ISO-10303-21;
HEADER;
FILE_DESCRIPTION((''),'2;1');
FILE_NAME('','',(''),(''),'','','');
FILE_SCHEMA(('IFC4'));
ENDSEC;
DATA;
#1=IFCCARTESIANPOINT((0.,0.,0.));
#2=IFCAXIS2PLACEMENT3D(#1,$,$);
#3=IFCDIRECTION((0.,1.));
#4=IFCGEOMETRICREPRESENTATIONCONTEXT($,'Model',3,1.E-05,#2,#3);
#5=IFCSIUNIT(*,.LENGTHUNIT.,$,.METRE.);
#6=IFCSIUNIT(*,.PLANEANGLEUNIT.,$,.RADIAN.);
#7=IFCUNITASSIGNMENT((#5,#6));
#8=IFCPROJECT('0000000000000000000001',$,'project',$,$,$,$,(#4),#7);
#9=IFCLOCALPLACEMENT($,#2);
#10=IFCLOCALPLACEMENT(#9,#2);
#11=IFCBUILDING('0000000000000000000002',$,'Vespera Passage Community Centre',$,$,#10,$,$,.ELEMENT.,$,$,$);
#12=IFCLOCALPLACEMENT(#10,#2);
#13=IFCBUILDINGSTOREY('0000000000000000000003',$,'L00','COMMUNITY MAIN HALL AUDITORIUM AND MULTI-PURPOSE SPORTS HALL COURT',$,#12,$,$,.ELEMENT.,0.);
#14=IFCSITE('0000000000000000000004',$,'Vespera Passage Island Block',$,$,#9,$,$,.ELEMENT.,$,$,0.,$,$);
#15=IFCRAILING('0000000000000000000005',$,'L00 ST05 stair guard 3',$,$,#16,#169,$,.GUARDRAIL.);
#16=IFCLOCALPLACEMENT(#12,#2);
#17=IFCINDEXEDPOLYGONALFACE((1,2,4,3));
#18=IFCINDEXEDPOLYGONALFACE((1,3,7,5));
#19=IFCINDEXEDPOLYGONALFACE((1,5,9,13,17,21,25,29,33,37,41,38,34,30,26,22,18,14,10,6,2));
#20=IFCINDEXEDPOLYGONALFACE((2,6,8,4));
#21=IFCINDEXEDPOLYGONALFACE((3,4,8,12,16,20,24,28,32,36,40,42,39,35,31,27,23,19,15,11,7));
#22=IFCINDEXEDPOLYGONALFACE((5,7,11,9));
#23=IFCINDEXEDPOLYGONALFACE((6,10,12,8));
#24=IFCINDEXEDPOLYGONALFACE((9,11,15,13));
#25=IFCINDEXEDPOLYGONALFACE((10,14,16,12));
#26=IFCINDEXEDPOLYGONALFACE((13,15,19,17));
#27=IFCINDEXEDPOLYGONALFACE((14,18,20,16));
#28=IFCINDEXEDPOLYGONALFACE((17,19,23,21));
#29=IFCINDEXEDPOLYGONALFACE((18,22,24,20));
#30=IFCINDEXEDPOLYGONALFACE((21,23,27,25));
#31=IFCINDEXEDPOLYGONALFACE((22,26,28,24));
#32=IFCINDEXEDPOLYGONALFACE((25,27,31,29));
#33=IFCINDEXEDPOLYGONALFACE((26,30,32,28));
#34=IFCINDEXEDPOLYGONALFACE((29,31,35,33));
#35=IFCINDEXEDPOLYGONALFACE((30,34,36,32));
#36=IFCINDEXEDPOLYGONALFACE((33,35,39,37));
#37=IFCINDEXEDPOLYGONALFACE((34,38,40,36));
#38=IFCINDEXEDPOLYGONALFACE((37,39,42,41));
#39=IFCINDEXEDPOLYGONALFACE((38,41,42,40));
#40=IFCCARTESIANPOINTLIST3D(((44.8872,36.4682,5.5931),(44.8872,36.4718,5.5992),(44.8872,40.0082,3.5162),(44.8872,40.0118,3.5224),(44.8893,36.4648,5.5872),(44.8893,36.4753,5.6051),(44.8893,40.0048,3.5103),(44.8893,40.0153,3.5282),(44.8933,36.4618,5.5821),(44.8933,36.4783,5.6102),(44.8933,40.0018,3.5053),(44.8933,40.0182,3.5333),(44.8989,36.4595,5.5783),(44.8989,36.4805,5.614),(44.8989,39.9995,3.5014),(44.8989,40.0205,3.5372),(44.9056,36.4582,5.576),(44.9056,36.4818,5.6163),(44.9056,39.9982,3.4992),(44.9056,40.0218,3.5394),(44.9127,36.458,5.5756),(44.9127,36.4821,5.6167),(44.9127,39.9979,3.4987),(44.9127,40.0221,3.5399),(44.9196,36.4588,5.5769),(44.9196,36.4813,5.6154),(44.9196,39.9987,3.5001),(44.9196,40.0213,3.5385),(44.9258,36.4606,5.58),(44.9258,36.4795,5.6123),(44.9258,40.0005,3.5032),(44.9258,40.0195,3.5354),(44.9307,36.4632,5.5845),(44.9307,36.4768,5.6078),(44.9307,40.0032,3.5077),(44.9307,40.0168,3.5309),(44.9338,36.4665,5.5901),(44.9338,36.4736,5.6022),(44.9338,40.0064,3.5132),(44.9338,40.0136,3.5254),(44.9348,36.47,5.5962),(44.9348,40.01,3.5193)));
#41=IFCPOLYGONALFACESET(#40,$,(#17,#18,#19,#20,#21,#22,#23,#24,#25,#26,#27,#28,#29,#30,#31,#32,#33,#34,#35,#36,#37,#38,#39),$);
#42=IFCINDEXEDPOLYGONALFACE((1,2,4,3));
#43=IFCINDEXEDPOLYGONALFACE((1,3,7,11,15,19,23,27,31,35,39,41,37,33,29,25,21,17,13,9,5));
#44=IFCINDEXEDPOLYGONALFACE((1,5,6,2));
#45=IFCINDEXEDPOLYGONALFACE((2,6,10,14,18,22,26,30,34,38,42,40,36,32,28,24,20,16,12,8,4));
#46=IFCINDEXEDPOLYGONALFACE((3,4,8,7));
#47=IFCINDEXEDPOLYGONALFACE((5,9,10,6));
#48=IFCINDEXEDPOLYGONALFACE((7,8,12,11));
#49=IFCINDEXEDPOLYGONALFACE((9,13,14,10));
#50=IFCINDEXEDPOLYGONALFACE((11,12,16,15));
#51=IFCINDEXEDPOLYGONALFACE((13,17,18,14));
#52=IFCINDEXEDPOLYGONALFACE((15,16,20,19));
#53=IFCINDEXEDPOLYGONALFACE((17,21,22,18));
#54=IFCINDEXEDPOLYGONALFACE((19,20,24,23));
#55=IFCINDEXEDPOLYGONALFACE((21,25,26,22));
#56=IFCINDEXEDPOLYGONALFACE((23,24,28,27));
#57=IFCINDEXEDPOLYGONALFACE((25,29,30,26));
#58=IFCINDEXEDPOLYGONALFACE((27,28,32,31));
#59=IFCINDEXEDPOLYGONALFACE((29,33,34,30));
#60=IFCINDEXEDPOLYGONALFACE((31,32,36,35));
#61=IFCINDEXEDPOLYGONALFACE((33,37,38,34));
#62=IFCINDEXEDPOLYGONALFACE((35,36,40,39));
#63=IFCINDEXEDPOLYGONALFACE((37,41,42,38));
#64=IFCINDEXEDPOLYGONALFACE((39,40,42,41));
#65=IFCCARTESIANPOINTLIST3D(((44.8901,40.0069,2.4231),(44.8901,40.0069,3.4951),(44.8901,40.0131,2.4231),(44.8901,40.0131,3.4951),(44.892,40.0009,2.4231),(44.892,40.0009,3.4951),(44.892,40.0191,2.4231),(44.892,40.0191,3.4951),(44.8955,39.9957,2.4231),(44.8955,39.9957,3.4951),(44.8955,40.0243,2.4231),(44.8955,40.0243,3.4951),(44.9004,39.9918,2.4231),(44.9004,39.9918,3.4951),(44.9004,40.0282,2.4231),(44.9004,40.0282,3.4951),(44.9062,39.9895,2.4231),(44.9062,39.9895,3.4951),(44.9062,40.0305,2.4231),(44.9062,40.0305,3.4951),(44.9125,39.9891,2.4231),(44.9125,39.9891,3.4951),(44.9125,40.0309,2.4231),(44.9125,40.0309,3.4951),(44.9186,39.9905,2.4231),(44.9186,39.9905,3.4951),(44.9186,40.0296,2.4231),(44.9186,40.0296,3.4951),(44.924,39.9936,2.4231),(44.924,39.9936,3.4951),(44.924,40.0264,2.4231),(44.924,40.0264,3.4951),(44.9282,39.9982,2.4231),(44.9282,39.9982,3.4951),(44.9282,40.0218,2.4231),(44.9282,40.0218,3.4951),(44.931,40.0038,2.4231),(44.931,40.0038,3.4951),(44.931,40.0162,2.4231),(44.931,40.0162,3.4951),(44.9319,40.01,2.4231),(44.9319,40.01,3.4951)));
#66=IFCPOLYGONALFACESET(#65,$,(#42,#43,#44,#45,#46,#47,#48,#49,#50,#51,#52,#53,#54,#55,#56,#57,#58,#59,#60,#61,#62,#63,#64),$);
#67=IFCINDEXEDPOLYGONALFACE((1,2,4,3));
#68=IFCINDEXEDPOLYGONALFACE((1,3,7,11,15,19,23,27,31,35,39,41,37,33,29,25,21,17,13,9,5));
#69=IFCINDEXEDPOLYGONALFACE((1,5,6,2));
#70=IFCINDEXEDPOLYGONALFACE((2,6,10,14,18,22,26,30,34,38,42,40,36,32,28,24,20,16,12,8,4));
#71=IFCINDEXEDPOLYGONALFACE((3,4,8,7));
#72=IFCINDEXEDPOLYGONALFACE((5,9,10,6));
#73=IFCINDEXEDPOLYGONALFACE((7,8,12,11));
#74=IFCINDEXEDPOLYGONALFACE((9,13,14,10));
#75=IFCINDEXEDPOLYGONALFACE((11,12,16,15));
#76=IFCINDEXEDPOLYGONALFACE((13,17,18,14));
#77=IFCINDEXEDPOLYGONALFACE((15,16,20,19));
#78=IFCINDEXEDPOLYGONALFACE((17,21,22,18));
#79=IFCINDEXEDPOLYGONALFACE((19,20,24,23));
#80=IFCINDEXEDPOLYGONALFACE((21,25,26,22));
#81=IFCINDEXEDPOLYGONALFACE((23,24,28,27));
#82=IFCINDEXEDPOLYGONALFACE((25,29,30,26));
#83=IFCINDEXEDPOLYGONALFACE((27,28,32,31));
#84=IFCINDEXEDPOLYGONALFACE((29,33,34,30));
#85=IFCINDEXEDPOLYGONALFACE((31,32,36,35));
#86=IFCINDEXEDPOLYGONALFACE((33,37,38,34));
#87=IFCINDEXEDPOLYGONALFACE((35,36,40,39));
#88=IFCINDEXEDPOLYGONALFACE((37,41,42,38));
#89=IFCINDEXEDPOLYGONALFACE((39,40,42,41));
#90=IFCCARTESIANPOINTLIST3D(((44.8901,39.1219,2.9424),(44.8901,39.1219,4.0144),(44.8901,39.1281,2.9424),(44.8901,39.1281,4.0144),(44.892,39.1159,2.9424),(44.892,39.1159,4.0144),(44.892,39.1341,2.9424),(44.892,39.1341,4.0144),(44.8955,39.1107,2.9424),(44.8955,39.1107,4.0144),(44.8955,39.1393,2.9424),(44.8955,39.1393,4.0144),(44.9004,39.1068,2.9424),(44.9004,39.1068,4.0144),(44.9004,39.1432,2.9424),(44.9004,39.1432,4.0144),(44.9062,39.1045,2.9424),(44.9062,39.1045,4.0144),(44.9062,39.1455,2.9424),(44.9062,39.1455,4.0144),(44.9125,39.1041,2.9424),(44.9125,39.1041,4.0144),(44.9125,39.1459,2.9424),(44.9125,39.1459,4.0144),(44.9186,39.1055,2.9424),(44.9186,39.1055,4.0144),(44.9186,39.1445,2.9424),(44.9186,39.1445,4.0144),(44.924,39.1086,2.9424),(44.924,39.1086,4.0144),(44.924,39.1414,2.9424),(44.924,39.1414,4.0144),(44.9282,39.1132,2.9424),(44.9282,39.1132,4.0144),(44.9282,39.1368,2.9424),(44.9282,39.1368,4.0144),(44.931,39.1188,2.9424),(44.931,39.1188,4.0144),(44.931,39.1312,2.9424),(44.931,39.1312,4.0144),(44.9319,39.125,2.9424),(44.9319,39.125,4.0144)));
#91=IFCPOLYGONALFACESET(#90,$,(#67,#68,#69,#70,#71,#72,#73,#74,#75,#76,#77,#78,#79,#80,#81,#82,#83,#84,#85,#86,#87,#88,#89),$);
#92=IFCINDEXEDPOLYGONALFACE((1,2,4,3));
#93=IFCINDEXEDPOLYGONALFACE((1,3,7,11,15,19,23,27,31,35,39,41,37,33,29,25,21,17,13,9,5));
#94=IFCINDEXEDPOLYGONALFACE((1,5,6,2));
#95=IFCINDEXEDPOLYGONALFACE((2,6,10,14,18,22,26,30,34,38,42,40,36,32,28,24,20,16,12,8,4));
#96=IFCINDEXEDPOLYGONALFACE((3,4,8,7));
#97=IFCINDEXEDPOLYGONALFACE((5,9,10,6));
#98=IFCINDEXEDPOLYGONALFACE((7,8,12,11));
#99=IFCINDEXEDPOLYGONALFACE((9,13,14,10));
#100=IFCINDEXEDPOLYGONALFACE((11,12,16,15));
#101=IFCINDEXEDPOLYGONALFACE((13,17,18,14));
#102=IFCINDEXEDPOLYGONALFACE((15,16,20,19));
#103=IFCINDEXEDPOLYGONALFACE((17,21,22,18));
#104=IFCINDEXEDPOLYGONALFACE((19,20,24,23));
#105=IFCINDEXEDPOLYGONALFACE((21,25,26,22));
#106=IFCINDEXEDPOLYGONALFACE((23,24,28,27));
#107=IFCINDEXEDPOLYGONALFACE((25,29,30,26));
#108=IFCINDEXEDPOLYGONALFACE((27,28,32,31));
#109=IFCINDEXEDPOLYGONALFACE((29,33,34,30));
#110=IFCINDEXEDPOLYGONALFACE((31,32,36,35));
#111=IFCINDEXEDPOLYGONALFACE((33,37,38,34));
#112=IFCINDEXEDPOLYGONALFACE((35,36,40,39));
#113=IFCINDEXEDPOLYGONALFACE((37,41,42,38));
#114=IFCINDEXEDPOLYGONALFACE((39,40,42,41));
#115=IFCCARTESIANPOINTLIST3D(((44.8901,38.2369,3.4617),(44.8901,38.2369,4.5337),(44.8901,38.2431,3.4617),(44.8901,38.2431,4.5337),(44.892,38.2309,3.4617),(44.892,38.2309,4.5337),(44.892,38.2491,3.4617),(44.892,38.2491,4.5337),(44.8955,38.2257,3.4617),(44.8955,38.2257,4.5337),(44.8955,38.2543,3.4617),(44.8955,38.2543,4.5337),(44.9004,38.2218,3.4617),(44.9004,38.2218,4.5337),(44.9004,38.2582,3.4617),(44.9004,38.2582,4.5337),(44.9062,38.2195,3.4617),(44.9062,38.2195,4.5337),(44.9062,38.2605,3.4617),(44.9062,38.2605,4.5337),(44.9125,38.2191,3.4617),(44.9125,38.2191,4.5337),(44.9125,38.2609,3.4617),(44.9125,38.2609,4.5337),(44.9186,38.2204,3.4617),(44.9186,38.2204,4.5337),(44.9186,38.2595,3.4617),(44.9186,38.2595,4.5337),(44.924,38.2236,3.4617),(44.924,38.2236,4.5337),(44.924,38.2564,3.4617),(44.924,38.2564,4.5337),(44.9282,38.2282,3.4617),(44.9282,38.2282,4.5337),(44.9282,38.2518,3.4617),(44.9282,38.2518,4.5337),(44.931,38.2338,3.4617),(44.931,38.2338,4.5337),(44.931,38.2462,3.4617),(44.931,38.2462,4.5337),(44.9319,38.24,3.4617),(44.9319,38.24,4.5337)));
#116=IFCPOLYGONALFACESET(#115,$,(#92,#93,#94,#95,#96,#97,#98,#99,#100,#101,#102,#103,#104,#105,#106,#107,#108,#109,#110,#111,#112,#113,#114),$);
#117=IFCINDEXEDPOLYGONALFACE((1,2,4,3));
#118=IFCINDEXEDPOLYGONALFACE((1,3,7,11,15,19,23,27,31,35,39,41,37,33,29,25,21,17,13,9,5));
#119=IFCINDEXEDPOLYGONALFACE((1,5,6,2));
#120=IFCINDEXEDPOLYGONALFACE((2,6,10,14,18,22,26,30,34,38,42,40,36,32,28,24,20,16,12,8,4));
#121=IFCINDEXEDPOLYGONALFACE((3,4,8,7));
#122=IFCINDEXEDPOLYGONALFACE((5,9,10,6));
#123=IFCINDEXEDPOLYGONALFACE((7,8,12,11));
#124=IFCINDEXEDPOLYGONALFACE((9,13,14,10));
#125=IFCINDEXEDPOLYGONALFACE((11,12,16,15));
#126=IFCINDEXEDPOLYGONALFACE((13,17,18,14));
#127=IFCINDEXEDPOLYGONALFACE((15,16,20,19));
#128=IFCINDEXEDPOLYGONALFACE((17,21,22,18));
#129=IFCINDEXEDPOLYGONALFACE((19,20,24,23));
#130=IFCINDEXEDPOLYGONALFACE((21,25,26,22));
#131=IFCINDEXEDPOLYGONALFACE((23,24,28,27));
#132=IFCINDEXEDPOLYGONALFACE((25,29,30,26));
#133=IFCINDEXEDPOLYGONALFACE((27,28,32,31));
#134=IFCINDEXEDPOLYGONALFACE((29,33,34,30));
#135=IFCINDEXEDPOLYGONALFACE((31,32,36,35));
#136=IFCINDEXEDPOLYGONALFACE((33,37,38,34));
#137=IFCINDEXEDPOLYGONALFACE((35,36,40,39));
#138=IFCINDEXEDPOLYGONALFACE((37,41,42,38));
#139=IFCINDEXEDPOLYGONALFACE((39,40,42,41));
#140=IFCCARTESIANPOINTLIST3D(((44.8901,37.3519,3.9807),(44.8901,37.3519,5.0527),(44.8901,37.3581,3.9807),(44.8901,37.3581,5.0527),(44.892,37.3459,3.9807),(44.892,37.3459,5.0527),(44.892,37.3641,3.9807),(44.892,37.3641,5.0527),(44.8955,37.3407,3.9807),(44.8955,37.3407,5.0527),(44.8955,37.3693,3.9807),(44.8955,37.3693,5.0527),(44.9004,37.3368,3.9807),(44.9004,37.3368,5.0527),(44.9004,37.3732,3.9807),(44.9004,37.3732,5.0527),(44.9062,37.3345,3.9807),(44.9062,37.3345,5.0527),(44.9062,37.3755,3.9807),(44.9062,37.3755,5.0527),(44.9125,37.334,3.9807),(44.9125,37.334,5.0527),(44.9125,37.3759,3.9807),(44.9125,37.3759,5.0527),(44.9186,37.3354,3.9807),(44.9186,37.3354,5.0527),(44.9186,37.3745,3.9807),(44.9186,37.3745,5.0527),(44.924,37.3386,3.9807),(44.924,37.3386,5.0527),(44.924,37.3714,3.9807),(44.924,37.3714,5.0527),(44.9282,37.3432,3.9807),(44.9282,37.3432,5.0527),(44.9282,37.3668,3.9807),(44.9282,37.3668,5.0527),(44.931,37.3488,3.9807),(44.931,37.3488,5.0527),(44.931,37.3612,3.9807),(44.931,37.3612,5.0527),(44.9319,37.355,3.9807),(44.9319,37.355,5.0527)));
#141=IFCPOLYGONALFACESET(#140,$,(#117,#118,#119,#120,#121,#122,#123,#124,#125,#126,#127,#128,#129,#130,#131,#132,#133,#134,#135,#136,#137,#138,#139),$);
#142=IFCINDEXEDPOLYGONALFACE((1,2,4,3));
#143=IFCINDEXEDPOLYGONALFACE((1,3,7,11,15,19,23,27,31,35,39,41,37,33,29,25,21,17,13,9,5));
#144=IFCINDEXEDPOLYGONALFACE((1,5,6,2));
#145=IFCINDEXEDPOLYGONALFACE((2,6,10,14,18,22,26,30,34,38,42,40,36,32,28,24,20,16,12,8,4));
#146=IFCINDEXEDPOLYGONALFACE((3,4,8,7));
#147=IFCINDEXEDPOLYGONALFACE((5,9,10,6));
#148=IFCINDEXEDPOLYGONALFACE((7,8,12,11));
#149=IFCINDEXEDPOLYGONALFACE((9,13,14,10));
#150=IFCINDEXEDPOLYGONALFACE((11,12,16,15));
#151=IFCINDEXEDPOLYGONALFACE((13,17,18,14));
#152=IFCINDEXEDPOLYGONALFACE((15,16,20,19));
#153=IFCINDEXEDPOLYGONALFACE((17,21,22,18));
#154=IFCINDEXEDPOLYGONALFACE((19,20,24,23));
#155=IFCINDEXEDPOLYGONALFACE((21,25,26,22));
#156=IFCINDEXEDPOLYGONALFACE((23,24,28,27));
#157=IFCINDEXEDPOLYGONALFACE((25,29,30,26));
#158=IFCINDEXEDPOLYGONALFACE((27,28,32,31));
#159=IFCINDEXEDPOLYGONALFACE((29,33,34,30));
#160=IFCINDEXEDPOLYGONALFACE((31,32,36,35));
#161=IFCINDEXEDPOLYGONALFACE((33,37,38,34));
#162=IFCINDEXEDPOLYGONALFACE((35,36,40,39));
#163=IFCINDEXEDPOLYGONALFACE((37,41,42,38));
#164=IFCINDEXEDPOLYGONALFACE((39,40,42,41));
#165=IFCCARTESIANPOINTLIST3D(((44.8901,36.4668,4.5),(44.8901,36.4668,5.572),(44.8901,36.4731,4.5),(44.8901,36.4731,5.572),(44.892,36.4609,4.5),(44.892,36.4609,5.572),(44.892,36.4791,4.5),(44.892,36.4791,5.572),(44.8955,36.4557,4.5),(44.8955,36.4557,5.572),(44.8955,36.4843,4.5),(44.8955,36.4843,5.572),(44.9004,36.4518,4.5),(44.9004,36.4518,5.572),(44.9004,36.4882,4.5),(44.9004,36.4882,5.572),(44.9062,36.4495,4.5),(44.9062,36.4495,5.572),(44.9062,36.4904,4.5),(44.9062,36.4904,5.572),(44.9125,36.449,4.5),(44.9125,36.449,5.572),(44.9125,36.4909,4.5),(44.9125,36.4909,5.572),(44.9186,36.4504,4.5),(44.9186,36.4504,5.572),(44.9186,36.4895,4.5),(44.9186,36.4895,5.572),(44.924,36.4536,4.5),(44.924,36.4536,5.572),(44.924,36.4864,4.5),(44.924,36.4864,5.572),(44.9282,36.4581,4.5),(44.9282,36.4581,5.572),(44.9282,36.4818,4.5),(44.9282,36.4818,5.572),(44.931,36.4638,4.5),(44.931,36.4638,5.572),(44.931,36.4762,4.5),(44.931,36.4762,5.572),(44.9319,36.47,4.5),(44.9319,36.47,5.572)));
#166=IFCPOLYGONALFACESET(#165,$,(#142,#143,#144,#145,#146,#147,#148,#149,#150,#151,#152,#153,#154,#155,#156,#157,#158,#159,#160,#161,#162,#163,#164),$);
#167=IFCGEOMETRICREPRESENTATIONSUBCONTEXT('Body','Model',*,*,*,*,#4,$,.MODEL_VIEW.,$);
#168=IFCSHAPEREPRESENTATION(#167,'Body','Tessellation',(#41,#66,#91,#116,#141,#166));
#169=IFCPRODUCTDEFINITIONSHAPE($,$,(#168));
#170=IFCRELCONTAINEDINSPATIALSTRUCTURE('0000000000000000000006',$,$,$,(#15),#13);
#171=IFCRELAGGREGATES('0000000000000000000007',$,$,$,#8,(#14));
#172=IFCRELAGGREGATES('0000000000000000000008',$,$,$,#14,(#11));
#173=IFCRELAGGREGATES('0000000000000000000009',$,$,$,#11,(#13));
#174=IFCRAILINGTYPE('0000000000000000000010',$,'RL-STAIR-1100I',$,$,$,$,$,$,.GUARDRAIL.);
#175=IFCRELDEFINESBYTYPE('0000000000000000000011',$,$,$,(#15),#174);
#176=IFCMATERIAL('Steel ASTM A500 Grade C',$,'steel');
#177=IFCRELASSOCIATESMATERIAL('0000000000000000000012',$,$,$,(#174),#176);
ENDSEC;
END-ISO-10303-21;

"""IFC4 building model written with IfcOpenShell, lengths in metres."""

from ifc_helpers import new_model, si_unit, direction, frame, origin, origin_2d, place, context, subcontext, project, spatial, circle, extrude, material, type_object, element, save


model = new_model("IFC4")

# Units and contexts
model_context = context("Model", 3, precision=1e-05, world=origin(), true_north=direction((0.0, 1.0)))
body_context = subcontext(model_context, "Body", "Model", "MODEL_VIEW")
ifc_project = project(units=[si_unit("LENGTHUNIT", "METRE"), si_unit("PLANEANGLEUNIT", "RADIAN")], contexts=[model_context])

# Site, building, storey
site_placement = place(None, origin())
site = spatial("IfcSite", under=ifc_project, at=site_placement, Name="Vespera Passage Island Block", CompositionType="ELEMENT", RefElevation=0.0)
building_placement = place(site_placement, origin())
building = spatial("IfcBuilding", under=site, at=building_placement, Name="Vespera Passage Community Centre", CompositionType="ELEMENT")
storey_placement = place(building_placement, origin())
storey = spatial("IfcBuildingStorey", under=building, at=storey_placement, Name="L00", Description="COMMUNITY MAIN HALL AUDITORIUM AND MULTI-PURPOSE SPORTS HALL COURT", CompositionType="ELEMENT", Elevation=0.0)

# Railing
ifc_material_1 = material(Name="Steel ASTM A500 Grade C", Category="steel")
railing_type_1 = type_object("IfcRailingType", Name="RL-STAIR-1100I", PredefinedType="GUARDRAIL", material=ifc_material_1)
railing_1_placement = place(storey_placement, frame((44.9109, 40.01, 2.4231)))
element("IfcRailing", 1, at=railing_1_placement, inside=storey, type_object=railing_type_1, Name="L00 ST05 stair guard 3", PredefinedType="GUARDRAIL", context=body_context, shape_type="SweptSolid", body=[
    extrude(circle(Radius=0.0239, at=origin_2d()), frame((0.0, 0.0, 1.0962), z_axis=(0.0, -0.862516, 0.506029), x_axis=(1.0, 0.0, 0.0)), (0.0, 0.0, 1.0), 4.1042),
    extrude(circle(Radius=0.021, at=origin_2d()), origin(), (0.0, 0.0, 1.0), 1.072),
    extrude(circle(Radius=0.021, at=origin_2d()), frame((0.0, -0.885, 0.5193)), (0.0, 0.0, 1.0), 1.072),
    extrude(circle(Radius=0.021, at=origin_2d()), frame((0.0, -1.77, 1.0386)), (0.0, 0.0, 1.0), 1.072),
    extrude(circle(Radius=0.021, at=origin_2d()), frame((0.0, -2.655, 1.5576)), (0.0, 0.0, 1.0), 1.072),
    extrude(circle(Radius=0.021, at=origin_2d()), frame((0.0, -3.54, 2.0769)), (0.0, 0.0, 1.0), 1.072),
])

save(model, "model.ifc")
